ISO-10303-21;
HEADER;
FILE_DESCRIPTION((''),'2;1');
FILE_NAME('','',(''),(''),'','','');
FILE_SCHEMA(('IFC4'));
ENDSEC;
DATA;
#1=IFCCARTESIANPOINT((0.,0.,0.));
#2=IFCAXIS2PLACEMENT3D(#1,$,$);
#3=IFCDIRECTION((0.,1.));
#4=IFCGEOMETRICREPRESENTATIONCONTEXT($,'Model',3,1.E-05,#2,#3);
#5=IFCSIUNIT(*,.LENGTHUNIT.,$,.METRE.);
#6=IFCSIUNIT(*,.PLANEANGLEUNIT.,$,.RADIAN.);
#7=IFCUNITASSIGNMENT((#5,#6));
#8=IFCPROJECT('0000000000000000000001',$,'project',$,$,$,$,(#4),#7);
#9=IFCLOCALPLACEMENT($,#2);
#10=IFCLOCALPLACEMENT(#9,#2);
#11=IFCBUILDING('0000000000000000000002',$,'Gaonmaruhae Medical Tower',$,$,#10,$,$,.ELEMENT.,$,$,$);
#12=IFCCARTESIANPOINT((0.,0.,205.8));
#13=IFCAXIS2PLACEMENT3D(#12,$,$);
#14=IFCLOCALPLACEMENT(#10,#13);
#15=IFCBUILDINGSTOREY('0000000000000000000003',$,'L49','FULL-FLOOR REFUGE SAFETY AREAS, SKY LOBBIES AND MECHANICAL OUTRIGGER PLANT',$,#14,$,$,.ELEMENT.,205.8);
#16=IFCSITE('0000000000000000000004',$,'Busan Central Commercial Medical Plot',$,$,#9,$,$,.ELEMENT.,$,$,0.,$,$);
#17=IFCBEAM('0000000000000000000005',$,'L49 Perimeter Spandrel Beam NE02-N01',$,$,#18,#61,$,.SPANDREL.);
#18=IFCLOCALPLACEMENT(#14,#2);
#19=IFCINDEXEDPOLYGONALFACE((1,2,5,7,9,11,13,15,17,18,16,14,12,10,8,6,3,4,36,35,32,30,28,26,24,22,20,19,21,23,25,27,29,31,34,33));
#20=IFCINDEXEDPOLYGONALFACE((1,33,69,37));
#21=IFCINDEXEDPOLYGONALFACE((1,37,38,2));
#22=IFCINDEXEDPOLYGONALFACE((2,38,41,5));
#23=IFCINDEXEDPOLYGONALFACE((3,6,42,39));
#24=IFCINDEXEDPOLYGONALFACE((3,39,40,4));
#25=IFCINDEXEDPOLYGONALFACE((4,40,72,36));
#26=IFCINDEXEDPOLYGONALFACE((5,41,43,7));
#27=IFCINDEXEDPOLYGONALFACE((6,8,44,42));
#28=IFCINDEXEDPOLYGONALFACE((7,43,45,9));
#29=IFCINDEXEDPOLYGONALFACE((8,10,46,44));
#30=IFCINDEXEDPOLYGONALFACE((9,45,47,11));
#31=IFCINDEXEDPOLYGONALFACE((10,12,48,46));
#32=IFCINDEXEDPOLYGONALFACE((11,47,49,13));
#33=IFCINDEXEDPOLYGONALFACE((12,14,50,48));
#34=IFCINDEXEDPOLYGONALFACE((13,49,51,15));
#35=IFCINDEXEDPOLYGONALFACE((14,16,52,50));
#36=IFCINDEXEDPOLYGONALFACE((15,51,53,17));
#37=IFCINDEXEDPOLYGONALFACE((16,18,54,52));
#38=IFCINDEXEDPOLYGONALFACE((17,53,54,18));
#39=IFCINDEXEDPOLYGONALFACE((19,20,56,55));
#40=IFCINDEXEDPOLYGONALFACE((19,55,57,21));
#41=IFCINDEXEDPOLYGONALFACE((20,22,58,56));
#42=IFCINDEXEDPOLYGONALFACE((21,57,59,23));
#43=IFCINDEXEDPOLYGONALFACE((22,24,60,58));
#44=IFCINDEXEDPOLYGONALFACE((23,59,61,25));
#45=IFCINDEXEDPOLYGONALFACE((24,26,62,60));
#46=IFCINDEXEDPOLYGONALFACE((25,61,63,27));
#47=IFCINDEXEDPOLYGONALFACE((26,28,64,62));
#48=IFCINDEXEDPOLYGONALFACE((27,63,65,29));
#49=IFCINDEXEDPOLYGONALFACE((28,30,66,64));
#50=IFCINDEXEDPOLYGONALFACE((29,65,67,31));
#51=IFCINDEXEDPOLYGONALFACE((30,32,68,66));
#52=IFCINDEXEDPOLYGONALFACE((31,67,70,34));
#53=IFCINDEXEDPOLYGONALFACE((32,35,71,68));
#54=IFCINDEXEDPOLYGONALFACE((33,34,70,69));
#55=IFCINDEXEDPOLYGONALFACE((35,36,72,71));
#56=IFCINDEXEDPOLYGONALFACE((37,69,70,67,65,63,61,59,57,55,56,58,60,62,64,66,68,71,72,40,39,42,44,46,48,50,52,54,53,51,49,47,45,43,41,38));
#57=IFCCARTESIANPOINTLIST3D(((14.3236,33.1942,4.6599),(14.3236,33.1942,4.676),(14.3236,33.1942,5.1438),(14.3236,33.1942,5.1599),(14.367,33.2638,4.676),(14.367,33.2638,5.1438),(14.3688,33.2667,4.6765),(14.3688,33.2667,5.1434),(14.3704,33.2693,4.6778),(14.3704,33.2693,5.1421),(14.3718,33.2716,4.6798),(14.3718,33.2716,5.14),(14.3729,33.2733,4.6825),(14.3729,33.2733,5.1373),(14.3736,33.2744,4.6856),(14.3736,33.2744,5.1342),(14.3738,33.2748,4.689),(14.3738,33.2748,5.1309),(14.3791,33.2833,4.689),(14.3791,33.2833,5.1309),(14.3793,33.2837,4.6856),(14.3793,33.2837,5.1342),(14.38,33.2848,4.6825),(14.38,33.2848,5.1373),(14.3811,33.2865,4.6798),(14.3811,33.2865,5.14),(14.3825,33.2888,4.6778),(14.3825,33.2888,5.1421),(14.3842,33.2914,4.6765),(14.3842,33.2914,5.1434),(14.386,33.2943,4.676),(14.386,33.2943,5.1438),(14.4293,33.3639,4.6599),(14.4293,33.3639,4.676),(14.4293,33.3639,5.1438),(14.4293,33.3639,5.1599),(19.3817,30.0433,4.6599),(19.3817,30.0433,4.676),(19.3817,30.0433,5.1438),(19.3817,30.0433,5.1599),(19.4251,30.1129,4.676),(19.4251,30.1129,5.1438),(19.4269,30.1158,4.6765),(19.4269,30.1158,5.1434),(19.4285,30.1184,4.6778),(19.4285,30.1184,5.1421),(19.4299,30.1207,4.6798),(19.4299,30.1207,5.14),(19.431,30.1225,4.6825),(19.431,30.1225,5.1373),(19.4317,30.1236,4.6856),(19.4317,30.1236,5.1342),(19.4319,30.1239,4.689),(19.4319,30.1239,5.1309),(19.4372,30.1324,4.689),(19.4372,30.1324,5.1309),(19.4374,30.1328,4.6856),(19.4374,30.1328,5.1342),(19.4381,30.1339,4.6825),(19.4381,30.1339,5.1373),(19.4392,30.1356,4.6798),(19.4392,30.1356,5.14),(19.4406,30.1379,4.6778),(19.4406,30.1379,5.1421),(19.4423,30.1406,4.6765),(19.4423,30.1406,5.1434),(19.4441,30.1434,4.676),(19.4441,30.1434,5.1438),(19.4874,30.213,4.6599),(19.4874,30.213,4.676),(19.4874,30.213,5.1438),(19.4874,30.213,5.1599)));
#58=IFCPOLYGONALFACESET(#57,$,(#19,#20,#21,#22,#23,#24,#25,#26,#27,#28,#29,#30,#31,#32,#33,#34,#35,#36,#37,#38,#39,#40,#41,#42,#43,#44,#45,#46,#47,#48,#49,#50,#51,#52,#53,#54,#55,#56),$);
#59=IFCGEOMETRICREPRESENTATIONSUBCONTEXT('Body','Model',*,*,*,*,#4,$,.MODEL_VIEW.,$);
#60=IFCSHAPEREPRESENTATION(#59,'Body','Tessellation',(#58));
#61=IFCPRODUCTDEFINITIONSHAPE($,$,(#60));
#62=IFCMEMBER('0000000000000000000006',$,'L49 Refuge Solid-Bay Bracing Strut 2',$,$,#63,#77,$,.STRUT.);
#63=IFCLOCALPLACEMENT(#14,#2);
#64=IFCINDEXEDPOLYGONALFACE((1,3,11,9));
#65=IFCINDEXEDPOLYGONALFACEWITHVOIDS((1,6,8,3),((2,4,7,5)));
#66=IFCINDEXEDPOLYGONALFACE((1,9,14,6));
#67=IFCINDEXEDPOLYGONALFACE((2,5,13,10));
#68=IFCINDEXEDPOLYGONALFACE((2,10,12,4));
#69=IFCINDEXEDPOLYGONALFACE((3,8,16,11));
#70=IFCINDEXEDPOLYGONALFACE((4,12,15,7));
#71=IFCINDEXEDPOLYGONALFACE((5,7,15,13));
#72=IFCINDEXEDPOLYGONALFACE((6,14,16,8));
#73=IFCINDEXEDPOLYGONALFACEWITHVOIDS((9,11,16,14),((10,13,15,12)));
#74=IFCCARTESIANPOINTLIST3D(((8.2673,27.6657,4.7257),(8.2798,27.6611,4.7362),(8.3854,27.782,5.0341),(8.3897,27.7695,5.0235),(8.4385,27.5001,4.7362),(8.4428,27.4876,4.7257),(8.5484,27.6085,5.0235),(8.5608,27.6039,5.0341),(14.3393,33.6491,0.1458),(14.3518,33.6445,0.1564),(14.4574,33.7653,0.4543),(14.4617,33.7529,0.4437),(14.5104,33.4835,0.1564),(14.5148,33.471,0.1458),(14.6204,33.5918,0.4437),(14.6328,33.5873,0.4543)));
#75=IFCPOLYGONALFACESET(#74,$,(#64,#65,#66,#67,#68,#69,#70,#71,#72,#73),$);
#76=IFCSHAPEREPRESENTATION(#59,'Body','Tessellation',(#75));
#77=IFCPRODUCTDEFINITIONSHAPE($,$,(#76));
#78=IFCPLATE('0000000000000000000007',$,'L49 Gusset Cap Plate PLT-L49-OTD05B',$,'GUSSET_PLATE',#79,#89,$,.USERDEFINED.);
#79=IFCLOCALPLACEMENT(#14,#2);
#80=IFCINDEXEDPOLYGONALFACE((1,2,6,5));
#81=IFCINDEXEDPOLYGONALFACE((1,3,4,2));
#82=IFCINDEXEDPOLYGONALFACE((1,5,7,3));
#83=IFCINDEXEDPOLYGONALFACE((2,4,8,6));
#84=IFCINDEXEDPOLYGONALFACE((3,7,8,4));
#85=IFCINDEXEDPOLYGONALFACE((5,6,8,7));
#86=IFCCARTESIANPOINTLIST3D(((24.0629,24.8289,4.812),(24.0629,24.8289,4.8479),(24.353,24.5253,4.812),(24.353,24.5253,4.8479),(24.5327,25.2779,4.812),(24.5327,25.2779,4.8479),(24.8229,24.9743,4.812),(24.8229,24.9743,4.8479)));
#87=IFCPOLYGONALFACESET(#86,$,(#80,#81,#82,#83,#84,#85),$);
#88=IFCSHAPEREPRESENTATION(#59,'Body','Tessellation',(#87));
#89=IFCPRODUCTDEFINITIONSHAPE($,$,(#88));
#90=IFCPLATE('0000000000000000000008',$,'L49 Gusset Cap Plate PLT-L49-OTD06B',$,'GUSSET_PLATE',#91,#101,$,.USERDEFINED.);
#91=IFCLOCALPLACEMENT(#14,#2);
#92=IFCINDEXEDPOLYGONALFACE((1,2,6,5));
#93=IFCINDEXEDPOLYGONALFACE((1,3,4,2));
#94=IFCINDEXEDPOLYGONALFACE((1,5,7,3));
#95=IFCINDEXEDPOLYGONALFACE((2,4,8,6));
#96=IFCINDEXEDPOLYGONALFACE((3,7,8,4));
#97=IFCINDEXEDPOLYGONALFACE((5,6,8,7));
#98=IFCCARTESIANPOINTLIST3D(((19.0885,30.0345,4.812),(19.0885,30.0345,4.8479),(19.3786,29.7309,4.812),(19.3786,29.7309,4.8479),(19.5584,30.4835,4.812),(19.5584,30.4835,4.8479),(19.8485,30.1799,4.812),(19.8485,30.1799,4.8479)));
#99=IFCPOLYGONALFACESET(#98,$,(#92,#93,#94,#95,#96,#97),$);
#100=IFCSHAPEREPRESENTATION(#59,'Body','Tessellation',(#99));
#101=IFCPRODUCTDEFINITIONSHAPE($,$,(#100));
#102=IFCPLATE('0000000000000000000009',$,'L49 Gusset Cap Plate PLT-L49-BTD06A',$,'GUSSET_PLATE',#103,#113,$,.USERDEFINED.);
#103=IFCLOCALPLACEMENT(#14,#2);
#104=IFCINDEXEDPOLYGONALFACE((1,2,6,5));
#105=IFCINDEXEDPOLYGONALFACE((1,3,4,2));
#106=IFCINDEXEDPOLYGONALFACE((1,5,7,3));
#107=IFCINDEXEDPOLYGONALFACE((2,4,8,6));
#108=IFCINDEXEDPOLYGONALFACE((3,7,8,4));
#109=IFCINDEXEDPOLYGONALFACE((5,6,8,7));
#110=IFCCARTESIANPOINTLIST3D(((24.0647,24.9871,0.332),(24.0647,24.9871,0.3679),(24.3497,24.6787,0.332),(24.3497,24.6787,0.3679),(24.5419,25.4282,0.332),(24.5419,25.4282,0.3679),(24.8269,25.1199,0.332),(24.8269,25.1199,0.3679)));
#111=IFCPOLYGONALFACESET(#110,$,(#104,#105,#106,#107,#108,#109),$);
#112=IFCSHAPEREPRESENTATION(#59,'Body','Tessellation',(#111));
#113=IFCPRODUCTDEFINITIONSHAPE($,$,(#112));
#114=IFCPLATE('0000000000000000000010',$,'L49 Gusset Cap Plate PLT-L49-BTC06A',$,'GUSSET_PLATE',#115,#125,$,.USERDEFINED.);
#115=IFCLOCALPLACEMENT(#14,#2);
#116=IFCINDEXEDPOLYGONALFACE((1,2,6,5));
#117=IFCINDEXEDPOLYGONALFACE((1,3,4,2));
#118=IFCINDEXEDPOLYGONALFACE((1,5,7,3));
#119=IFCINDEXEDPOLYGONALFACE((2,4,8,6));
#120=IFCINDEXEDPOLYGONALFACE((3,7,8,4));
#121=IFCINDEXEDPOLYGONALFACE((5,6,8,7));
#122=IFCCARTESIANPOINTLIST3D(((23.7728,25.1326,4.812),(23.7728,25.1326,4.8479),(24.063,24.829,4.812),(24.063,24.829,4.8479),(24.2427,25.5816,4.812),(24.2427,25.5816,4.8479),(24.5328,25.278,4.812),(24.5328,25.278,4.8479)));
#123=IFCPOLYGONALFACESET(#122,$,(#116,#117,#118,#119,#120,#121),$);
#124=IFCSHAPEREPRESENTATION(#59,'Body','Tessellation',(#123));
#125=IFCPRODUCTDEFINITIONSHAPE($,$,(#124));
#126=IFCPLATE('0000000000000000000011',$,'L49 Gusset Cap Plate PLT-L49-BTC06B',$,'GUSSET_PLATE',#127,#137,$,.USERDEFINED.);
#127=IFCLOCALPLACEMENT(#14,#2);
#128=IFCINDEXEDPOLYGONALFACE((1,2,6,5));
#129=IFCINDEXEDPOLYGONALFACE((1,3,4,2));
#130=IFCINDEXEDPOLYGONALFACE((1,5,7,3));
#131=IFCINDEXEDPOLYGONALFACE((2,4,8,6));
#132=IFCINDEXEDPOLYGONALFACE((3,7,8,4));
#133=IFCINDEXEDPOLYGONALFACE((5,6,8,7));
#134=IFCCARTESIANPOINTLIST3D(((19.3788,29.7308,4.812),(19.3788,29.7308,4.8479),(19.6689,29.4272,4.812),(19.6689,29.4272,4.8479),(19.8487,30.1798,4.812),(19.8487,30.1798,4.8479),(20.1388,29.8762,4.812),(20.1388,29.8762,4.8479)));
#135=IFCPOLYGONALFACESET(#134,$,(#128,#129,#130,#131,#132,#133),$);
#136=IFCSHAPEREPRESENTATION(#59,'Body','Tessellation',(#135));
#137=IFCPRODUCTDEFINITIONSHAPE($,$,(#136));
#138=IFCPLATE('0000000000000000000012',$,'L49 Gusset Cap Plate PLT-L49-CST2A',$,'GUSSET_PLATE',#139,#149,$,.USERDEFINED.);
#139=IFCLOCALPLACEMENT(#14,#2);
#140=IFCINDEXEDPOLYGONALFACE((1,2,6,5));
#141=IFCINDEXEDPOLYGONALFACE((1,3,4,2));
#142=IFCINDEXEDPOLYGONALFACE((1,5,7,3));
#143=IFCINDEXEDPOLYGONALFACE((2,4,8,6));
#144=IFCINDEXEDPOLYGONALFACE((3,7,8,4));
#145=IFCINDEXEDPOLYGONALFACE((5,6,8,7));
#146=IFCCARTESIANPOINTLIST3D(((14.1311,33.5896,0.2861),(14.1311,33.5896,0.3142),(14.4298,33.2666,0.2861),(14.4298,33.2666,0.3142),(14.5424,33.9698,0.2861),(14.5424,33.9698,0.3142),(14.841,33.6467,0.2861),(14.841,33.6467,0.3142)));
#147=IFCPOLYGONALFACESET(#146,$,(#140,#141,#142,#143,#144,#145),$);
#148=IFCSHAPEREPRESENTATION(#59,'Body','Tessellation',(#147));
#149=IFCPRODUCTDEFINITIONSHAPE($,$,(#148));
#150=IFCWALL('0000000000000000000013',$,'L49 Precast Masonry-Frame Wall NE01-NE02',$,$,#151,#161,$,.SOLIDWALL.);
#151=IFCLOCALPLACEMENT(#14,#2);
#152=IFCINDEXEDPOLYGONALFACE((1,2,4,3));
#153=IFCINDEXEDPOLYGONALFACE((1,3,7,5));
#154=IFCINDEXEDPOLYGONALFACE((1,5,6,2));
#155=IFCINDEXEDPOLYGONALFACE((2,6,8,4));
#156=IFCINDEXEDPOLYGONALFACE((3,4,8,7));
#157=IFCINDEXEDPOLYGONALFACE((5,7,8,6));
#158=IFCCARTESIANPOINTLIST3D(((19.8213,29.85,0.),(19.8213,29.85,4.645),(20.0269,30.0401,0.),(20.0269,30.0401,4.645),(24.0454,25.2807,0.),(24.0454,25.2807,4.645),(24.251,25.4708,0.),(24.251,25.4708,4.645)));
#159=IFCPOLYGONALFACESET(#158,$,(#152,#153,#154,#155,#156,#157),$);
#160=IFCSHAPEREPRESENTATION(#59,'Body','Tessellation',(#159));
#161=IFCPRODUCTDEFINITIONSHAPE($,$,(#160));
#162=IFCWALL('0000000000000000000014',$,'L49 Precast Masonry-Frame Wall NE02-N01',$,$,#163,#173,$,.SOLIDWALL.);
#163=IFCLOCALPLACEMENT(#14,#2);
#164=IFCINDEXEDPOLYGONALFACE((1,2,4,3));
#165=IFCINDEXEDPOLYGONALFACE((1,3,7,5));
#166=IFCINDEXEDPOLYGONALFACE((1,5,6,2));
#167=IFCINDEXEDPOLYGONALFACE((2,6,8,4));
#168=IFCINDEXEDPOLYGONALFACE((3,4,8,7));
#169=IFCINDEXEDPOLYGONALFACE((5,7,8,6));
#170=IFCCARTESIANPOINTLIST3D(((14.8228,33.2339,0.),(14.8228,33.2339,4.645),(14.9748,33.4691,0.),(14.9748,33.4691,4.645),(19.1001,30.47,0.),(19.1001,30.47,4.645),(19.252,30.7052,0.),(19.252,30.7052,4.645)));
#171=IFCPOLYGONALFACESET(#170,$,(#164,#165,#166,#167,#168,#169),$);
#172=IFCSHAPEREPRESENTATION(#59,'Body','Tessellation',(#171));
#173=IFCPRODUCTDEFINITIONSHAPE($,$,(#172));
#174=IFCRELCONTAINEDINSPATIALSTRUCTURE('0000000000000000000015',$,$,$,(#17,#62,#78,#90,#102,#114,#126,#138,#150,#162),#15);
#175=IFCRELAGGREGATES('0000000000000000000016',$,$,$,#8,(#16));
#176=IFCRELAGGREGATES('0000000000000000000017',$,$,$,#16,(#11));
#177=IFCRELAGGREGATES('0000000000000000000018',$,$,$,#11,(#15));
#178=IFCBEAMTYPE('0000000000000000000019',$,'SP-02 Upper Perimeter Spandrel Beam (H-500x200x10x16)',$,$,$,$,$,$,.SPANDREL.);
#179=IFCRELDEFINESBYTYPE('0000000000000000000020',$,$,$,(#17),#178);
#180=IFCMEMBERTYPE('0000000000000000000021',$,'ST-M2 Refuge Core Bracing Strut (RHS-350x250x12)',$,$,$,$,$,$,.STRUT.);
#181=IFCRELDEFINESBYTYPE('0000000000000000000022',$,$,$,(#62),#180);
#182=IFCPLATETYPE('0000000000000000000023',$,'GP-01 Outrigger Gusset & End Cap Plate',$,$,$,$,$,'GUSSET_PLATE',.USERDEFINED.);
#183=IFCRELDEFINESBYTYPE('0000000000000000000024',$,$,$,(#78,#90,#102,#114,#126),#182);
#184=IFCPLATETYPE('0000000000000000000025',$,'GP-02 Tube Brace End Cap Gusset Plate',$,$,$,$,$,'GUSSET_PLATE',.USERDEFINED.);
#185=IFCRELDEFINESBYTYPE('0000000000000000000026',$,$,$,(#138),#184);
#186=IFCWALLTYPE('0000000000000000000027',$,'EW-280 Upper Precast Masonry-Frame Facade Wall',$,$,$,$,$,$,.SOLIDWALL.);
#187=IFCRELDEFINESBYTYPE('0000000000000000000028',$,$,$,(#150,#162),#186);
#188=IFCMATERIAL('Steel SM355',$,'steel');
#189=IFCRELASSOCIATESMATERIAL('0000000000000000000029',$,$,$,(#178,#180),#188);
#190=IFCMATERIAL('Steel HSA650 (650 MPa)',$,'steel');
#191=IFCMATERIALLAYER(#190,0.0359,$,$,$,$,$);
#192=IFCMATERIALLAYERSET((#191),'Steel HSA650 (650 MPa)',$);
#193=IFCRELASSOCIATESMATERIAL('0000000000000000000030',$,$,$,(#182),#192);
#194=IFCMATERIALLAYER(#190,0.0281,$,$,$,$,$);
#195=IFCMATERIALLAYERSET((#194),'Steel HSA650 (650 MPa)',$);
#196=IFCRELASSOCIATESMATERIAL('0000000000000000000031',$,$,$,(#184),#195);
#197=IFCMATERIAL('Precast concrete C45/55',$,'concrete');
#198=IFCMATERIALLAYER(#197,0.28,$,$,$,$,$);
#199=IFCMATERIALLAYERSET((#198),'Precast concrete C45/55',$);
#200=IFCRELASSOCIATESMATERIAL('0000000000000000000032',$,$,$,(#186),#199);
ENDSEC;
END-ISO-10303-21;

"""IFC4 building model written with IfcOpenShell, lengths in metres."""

from ifc_helpers import new_model, si_unit, direction, frame, frame_2d, origin, origin_2d, place, context, subcontext, project, spatial, rectangle, hollow_rectangle, i_section, extrude, material, layer, layer_set, material_profile, profile_set, type_object, element, save


model = new_model("IFC4")

# Units and contexts
model_context = context("Model", 3, precision=1e-05, world=origin(), true_north=direction((0.0, 1.0)))
body_context = subcontext(model_context, "Body", "Model", "MODEL_VIEW")
ifc_project = project(units=[si_unit("LENGTHUNIT", "METRE"), si_unit("PLANEANGLEUNIT", "RADIAN")], contexts=[model_context])

# Site, building, storey
site_placement = place(None, origin())
site = spatial("IfcSite", under=ifc_project, at=site_placement, Name="Busan Central Commercial Medical Plot", CompositionType="ELEMENT", RefElevation=0.0)
building_placement = place(site_placement, origin())
building = spatial("IfcBuilding", under=site, at=building_placement, Name="Gaonmaruhae Medical Tower", CompositionType="ELEMENT")
storey_placement = place(building_placement, frame((0.0, 0.0, 205.8)))
storey = spatial("IfcBuildingStorey", under=building, at=storey_placement, Name="L49", Description="FULL-FLOOR REFUGE SAFETY AREAS, SKY LOBBIES AND MECHANICAL OUTRIGGER PLANT", CompositionType="ELEMENT", Elevation=205.8)

# Shared definitions
ifc_material_1 = material(Name="Steel HSA650 (650 MPa)", Category="steel")

# Beam
ifc_material_2 = material(Name="Steel SM355", Category="steel")
ifc_material_profile_1 = material_profile(ifc_material_2, i_section(OverallWidth=0.2, OverallDepth=0.5, WebThickness=0.01, FlangeThickness=0.0161, FilletRadius=0.0129, at=origin_2d()), Name="H-500x200x10x16")
ifc_profile_set_1 = profile_set([ifc_material_profile_1], Name="Steel SM355")
beam_type = type_object("IfcBeamType", Name="SP-02 Upper Perimeter Spandrel Beam (H-500x200x10x16)", PredefinedType="SPANDREL", material=ifc_profile_set_1)
beam_1_placement = place(storey_placement, frame((19.4346, 30.1282, 4.9099), z_axis=(-0.848785, 0.528739, 0.0), x_axis=(-0.528739, -0.848785, 0.0)))
element("IfcBeam", 1, at=beam_1_placement, inside=storey, type_object=beam_type, Name="L49 Perimeter Spandrel Beam NE02-N01", PredefinedType="SPANDREL", context=body_context, shape_type="SweptSolid", body=[
    extrude(i_section(OverallWidth=0.2, OverallDepth=0.5, WebThickness=0.01, FlangeThickness=0.0161, FilletRadius=0.0129, at=origin_2d()), origin(), (0.0, 0.0, 1.0), 5.9592),
])

# Member
ifc_material_profile_2 = material_profile(ifc_material_2, hollow_rectangle(XDim=0.25, YDim=0.3501, WallThickness=0.012, at=origin_2d()), Name="RHS-350x250x12")
ifc_profile_set_2 = profile_set([ifc_material_profile_2], Name="Steel SM355")
member_type_1 = type_object("IfcMemberType", Name="ST-M2 Refuge Core Bracing Strut (RHS-350x250x12)", PredefinedType="STRUT", material=ifc_profile_set_2)
member_1_placement = place(storey_placement, frame((14.4861, 33.6182, 0.3), z_axis=(-0.627466, -0.618308, 0.473267), x_axis=(0.70189, -0.712286, 0.0)))
element("IfcMember", 2, at=member_1_placement, inside=storey, type_object=member_type_1, Name="L49 Refuge Solid-Bay Bracing Strut 2", PredefinedType="STRUT", context=body_context, shape_type="SweptSolid", body=[
    extrude(hollow_rectangle(XDim=0.25, YDim=0.3501, WallThickness=0.012, at=origin_2d()), origin(), (0.0, 0.0, 1.0), 9.677),
])

# Plates
ifc_layer_1 = layer(ifc_material_1, 0.0359)
ifc_layer_set_1 = layer_set([ifc_layer_1], Name="Steel HSA650 (650 MPa)")
plate_type_1 = type_object("IfcPlateType", Name="GP-01 Outrigger Gusset & End Cap Plate", ElementType="GUSSET_PLATE", PredefinedType="USERDEFINED", material=ifc_layer_set_1)
for number, where, z_axis, x_axis, name in (
    (3, (24.4429, 24.9016, 4.812), (0.0, 0.0, 1.0), (0.722967, 0.690882, 0.0), "L49 Gusset Cap Plate PLT-L49-OTD05B"),
    (4, (19.4685, 30.1072, 4.812), (0.0, 0.0, 1.0), (0.722967, 0.690882, 0.0), "L49 Gusset Cap Plate PLT-L49-OTD06B"),
    (5, (24.4458, 25.0535, 0.332), (0.0, 0.0, 1.0), (0.734323, 0.678801, 0.0), "L49 Gusset Cap Plate PLT-L49-BTD06A"),
    (6, (24.1528, 25.2053, 4.812), (0.0, 0.0, 1.0), (0.722967, 0.690882, 0.0), "L49 Gusset Cap Plate PLT-L49-BTC06A"),
    (7, (19.7588, 29.8035, 4.812), (0.0, 0.0, 1.0), (0.722967, 0.690882, 0.0), "L49 Gusset Cap Plate PLT-L49-BTC06B"),
):
    element("IfcPlate", number, at=place(storey_placement, frame(where, z_axis=z_axis, x_axis=x_axis)), inside=storey, type_object=plate_type_1, Name=name, ObjectType="GUSSET_PLATE", PredefinedType="USERDEFINED", context=body_context, shape_type="SweptSolid", body=[
        extrude(rectangle(XDim=0.6499, YDim=0.4199, at=origin_2d()), origin(), (0.0, 0.0, 1.0), 0.0359),
    ])
ifc_layer_2 = layer(ifc_material_1, 0.0281)
ifc_layer_set_2 = layer_set([ifc_layer_2], Name="Steel HSA650 (650 MPa)")
plate_type_2 = type_object("IfcPlateType", Name="GP-02 Tube Brace End Cap Gusset Plate", ElementType="GUSSET_PLATE", PredefinedType="USERDEFINED", material=ifc_layer_set_2)
plate_placement = place(storey_placement, frame((14.4861, 33.6182, 0.2861), z_axis=(0.0, 0.0, 1.0), x_axis=(0.734323, 0.678801, 0.0)))
element("IfcPlate", 8, at=plate_placement, inside=storey, type_object=plate_type_2, Name="L49 Gusset Cap Plate PLT-L49-CST2A", ObjectType="GUSSET_PLATE", PredefinedType="USERDEFINED", context=body_context, shape_type="SweptSolid", body=[
    extrude(rectangle(XDim=0.5601, YDim=0.4399, at=origin_2d()), origin(), (0.0, 0.0, 1.0), 0.0281),
])

# Walls
ifc_material_3 = material(Name="Precast concrete C45/55", Category="concrete")
ifc_layer_3 = layer(ifc_material_3, 0.28)
ifc_layer_set_3 = layer_set([ifc_layer_3], Name="Precast concrete C45/55")
wall_type = type_object("IfcWallType", Name="EW-280 Upper Precast Masonry-Frame Facade Wall", PredefinedType="SOLIDWALL", material=ifc_layer_set_3)
wall_1_placement = place(storey_placement, frame((24.1482, 25.3757, 0.0), z_axis=(0.0, 0.0, 1.0), x_axis=(-0.678824, 0.734301, 0.0)))
element("IfcWall", 9, at=wall_1_placement, inside=storey, type_object=wall_type, Name="L49 Precast Masonry-Frame Wall NE01-NE02", PredefinedType="SOLIDWALL", context=body_context, shape_type="SweptSolid", body=[
    extrude(rectangle(XDim=6.2227, YDim=0.28, at=frame_2d((3.1113, 0.0))), origin(), (0.0, 0.0, 1.0), 4.645),
])
wall_2_placement = place(storey_placement, frame((14.8987, 33.3516, 0.0), z_axis=(0.0, 0.0, 1.0), x_axis=(0.839908, -0.542728, 0.0)))
element("IfcWall", 10, at=wall_2_placement, inside=storey, type_object=wall_type, Name="L49 Precast Masonry-Frame Wall NE02-N01", PredefinedType="SOLIDWALL", context=body_context, shape_type="SweptSolid", body=[
    extrude(rectangle(XDim=5.0925, YDim=0.28, at=frame_2d((2.5464, 0.0))), origin(), (0.0, 0.0, 1.0), 4.645),
])

save(model, "model.ifc")
